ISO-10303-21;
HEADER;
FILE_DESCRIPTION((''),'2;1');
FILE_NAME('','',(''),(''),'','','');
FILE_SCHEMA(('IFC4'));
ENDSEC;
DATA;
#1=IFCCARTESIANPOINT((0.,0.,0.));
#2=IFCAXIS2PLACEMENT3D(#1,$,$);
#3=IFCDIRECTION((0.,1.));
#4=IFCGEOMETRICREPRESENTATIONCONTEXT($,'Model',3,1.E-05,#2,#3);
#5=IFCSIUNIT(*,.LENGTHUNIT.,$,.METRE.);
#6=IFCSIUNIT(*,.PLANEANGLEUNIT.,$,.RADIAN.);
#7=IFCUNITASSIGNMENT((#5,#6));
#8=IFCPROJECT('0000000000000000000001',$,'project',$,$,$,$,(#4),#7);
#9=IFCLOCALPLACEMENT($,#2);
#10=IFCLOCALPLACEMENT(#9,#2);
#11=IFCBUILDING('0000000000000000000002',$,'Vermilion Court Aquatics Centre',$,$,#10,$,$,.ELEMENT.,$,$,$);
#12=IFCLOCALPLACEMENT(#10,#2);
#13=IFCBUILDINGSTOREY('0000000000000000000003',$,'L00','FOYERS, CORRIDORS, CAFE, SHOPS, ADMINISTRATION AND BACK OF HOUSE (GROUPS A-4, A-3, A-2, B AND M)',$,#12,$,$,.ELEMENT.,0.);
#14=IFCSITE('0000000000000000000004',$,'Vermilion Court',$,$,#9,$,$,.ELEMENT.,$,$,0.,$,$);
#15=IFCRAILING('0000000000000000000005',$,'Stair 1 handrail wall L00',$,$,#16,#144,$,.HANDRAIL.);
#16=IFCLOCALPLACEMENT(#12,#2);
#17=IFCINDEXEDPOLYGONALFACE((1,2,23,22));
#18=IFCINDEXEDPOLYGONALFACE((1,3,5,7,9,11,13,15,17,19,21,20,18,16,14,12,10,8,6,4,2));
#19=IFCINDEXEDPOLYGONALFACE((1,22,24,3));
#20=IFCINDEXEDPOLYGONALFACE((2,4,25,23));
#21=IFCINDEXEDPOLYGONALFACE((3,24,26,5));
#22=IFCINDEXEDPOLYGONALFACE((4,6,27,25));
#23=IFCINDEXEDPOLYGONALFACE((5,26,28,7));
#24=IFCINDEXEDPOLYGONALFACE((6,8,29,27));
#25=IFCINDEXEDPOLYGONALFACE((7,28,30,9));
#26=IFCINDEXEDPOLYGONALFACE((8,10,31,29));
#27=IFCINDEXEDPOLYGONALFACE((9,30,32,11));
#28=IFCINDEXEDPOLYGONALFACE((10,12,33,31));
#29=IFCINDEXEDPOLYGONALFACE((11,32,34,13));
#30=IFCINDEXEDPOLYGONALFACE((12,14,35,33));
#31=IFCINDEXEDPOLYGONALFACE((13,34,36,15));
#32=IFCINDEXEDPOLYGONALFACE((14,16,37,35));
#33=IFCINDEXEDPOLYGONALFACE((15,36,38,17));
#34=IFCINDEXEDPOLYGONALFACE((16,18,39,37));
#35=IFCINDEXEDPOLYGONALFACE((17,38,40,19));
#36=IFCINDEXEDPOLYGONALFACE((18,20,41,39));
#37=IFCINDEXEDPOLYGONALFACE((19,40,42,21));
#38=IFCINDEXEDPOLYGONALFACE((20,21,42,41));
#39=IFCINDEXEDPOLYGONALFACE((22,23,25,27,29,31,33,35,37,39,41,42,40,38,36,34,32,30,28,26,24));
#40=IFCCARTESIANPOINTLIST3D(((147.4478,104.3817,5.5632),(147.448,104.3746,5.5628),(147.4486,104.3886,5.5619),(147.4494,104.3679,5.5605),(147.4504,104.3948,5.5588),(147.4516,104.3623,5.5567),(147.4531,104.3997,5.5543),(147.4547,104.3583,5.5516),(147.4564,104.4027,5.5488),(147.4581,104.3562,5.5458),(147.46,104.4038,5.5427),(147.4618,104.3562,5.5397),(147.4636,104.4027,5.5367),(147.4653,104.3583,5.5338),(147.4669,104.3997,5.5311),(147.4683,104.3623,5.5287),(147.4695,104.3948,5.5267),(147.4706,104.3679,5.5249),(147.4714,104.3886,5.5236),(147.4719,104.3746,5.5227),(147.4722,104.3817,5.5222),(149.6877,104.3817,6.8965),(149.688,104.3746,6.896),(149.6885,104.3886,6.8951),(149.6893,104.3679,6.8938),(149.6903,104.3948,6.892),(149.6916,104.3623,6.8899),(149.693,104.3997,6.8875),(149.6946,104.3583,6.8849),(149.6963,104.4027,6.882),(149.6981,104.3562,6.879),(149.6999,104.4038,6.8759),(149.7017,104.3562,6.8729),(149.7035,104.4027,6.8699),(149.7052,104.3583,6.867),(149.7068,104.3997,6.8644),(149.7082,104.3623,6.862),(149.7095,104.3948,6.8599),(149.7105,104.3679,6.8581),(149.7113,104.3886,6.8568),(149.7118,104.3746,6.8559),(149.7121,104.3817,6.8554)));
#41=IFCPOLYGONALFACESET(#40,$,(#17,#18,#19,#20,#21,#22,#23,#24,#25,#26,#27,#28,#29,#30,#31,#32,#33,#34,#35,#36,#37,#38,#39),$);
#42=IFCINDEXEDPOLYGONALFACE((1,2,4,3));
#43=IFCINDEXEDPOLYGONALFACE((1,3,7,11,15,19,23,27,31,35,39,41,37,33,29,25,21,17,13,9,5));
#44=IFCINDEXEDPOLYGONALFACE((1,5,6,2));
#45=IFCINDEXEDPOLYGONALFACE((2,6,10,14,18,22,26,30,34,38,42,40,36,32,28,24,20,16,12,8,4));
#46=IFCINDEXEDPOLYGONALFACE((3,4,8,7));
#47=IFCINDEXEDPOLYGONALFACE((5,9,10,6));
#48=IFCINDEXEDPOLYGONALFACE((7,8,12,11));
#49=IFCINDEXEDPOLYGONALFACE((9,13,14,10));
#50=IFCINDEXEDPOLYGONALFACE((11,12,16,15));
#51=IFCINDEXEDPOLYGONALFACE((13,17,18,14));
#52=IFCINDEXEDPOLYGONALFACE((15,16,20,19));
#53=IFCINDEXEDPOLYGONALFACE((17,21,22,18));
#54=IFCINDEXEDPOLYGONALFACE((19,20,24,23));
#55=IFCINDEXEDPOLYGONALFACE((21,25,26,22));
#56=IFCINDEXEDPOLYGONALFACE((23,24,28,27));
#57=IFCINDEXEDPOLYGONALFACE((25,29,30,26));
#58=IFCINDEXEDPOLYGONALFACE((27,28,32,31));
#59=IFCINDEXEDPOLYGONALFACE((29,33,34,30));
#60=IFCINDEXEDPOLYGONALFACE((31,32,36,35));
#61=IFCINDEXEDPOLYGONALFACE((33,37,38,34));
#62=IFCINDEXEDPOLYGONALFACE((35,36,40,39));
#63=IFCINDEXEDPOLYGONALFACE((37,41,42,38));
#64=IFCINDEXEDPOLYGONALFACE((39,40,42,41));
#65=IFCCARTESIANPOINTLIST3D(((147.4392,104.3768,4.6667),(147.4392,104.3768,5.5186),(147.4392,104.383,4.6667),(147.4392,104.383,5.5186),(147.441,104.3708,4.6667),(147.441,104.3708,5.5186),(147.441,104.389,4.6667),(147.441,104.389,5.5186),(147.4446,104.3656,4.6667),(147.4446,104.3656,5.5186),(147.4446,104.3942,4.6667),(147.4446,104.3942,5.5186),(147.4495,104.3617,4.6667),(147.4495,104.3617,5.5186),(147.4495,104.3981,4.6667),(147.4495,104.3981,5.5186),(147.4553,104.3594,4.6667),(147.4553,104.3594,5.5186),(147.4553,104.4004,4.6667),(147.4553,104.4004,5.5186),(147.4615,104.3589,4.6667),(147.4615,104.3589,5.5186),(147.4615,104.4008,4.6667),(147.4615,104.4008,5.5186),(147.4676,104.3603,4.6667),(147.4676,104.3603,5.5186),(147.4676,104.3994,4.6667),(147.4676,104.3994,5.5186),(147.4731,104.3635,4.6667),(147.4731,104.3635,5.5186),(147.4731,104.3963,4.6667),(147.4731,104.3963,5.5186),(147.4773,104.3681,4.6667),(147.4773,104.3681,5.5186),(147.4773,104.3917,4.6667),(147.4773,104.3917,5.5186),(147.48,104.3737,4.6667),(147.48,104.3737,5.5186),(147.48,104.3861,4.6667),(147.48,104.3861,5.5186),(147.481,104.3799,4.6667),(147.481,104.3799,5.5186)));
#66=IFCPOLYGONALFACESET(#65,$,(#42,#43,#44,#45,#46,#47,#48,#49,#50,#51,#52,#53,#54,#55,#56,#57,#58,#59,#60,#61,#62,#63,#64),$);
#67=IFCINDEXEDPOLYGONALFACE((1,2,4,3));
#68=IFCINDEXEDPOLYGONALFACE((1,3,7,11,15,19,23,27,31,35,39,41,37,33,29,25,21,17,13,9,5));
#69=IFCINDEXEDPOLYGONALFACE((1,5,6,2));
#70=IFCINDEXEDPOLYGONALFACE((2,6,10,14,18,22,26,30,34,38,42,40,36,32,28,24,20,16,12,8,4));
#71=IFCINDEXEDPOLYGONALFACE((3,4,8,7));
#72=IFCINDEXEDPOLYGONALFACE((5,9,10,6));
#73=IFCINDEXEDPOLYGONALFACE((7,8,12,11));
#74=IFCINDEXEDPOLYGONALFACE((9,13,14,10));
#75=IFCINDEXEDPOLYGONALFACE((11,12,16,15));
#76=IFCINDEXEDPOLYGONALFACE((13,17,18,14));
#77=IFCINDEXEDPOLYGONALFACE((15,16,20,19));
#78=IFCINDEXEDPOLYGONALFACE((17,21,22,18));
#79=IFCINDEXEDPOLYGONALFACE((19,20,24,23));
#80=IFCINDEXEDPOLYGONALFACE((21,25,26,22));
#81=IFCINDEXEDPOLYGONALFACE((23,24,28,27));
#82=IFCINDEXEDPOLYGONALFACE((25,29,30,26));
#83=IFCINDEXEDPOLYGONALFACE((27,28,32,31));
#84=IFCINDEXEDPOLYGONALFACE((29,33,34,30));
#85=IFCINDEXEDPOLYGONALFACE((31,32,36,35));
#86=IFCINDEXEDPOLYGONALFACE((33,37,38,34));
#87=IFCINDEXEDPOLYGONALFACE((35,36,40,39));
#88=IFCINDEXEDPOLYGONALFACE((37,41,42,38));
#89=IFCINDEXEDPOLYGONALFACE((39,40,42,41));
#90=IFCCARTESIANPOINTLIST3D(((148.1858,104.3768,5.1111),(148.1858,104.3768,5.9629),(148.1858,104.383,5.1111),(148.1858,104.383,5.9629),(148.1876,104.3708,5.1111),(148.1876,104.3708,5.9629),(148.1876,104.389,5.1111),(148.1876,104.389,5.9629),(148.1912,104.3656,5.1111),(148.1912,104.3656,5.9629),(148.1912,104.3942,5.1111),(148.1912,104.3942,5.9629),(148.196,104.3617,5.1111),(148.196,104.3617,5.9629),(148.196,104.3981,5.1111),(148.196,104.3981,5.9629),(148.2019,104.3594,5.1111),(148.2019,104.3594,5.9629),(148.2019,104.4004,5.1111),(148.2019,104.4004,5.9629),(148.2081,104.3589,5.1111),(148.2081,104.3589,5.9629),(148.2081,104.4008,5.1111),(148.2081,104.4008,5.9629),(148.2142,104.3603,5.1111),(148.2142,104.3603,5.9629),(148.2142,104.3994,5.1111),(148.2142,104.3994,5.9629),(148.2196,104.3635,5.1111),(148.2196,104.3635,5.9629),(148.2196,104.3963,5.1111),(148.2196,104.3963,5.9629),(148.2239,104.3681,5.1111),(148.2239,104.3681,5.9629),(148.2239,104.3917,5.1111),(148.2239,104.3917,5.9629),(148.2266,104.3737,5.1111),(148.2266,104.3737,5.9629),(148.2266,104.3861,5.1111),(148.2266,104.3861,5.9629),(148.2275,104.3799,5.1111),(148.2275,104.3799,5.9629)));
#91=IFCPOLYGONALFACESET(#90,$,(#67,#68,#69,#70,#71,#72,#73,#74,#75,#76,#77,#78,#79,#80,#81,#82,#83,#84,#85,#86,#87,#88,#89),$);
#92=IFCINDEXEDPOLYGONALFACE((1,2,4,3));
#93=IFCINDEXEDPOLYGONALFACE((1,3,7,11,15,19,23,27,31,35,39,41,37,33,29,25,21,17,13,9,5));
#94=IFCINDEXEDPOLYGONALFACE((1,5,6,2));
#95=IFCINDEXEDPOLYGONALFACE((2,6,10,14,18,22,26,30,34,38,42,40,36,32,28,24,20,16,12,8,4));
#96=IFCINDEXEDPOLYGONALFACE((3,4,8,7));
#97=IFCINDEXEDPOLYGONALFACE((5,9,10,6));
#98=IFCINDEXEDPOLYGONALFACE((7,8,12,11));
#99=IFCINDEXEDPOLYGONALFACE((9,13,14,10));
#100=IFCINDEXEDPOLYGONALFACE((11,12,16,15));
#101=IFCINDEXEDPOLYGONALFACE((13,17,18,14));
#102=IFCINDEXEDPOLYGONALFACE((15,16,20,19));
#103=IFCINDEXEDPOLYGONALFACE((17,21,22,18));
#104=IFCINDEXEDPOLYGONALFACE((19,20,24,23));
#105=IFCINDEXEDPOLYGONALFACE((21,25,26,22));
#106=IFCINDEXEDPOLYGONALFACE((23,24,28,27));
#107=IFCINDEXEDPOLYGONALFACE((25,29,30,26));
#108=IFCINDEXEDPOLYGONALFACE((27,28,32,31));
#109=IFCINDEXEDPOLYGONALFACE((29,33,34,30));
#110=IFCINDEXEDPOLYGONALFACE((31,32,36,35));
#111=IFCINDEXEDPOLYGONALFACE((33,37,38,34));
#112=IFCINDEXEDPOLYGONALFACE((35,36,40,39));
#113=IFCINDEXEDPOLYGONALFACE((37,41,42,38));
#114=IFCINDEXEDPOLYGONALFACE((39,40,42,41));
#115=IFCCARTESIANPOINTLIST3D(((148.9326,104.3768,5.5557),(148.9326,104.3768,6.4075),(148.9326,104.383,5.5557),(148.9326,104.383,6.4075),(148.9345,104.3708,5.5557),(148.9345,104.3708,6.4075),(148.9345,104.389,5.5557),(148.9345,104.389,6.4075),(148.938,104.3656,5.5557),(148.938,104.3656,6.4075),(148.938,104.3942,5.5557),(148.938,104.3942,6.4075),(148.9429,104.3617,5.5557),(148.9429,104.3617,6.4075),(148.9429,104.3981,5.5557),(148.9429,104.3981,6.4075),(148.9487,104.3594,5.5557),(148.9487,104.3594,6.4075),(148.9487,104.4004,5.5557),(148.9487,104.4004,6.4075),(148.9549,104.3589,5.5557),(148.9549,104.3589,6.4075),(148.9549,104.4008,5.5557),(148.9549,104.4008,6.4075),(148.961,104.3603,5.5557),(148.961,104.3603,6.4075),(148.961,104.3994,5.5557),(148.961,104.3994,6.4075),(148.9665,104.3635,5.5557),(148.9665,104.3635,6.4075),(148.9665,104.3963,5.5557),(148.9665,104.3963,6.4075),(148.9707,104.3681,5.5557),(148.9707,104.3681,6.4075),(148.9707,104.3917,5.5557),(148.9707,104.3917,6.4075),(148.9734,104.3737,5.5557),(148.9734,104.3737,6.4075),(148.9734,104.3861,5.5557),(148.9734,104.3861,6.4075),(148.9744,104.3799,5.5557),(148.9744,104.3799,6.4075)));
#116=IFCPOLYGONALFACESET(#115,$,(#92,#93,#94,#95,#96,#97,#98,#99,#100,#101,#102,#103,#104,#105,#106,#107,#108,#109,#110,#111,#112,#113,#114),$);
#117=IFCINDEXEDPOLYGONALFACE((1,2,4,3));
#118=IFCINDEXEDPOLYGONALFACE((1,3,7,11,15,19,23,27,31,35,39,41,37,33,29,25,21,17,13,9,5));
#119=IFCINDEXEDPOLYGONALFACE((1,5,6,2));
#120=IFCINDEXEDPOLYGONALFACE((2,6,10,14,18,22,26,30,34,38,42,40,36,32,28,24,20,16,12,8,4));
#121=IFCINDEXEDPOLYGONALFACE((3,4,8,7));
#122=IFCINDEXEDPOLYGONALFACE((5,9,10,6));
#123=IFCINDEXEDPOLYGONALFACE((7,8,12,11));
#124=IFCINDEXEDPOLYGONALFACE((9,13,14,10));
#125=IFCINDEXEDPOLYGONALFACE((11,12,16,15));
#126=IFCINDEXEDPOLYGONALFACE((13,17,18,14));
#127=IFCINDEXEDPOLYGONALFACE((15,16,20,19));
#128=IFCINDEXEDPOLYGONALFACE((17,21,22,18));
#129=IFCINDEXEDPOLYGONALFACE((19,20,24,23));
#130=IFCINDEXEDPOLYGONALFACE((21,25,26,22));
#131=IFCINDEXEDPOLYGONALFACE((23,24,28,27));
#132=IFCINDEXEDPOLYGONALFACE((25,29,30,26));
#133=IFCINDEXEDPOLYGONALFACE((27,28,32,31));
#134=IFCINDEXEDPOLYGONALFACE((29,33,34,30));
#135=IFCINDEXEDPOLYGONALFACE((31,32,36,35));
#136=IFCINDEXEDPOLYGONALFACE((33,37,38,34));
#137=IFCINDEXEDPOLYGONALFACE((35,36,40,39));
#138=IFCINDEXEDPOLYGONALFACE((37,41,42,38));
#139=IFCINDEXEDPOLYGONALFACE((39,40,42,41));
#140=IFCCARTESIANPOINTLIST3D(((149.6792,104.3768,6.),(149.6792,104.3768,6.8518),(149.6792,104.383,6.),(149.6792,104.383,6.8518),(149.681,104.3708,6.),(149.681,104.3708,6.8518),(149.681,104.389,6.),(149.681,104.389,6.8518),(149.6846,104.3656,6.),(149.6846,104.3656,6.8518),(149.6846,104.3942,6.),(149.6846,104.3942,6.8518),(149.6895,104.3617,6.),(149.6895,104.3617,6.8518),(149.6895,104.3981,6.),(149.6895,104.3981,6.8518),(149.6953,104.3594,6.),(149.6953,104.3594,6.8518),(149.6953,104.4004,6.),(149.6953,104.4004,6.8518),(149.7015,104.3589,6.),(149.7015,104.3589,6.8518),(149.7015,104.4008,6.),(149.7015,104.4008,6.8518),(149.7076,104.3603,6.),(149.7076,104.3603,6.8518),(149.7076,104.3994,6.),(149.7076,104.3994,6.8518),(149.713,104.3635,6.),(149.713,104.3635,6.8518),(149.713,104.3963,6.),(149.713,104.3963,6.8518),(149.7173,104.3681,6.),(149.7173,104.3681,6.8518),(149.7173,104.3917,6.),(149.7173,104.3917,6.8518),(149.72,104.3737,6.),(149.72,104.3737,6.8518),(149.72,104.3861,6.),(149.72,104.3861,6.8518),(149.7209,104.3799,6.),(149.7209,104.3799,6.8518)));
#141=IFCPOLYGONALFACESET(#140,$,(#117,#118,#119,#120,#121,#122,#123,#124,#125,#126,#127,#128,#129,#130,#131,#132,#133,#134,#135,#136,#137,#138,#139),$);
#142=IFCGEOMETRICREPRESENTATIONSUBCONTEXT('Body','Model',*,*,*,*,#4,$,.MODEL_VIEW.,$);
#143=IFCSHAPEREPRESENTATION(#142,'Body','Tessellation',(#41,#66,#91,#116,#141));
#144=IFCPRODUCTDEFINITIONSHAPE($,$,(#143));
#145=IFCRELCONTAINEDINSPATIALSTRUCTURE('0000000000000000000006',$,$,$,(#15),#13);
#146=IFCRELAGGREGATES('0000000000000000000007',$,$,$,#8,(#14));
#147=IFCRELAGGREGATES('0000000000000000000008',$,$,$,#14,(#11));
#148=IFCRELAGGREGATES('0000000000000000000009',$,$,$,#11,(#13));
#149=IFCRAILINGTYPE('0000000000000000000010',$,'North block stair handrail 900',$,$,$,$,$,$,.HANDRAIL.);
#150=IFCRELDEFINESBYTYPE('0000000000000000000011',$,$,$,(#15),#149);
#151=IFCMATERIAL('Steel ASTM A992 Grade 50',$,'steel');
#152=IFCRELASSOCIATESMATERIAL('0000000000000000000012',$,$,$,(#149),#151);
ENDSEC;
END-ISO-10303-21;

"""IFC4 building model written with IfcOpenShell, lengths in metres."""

from ifc_helpers import new_model, si_unit, direction, frame, origin, origin_2d, place, context, subcontext, project, spatial, circle, extrude, material, type_object, element, save


model = new_model("IFC4")

# Units and contexts
model_context = context("Model", 3, precision=1e-05, world=origin(), true_north=direction((0.0, 1.0)))
body_context = subcontext(model_context, "Body", "Model", "MODEL_VIEW")
ifc_project = project(units=[si_unit("LENGTHUNIT", "METRE"), si_unit("PLANEANGLEUNIT", "RADIAN")], contexts=[model_context])

# Site, building, storey
site_placement = place(None, origin())
site = spatial("IfcSite", under=ifc_project, at=site_placement, Name="Vermilion Court", CompositionType="ELEMENT", RefElevation=0.0)
building_placement = place(site_placement, origin())
building = spatial("IfcBuilding", under=site, at=building_placement, Name="Vermilion Court Aquatics Centre", CompositionType="ELEMENT")
storey_placement = place(building_placement, origin())
storey = spatial("IfcBuildingStorey", under=building, at=storey_placement, Name="L00", Description="FOYERS, CORRIDORS, CAFE, SHOPS, ADMINISTRATION AND BACK OF HOUSE (GROUPS A-4, A-3, A-2, B AND M)", CompositionType="ELEMENT", Elevation=0.0)

# Railing
ifc_material_1 = material(Name="Steel ASTM A992 Grade 50", Category="steel")
railing_type_1 = type_object("IfcRailingType", Name="North block stair handrail 900", PredefinedType="HANDRAIL", material=ifc_material_1)
for number, where, name in (
    (1, (147.46, 104.3799, 4.6667), "Stair 1 handrail wall L00"),
):
    element("IfcRailing", number, at=place(storey_placement, frame(where)), inside=storey, type_object=railing_type_1, Name=name, PredefinedType="HANDRAIL", context=body_context, shape_type="SweptSolid", body=[
        extrude(circle(Radius=0.0239, at=origin_2d()), frame((0.0, 0.0, 0.876), z_axis=(0.859306, 0.0, 0.511462), x_axis=(0.0, 1.0, 0.0)), (0.0, 0.0, 1.0), 2.6067),
        extrude(circle(Radius=0.021, at=origin_2d()), origin(), (0.0, 0.0, 1.0), 0.8518),
        extrude(circle(Radius=0.021, at=origin_2d()), frame((0.7466, 0.0, 0.4443)), (0.0, 0.0, 1.0), 0.8518),
        extrude(circle(Radius=0.021, at=origin_2d()), frame((1.4934, 0.0, 0.8889)), (0.0, 0.0, 1.0), 0.8518),
        extrude(circle(Radius=0.021, at=origin_2d()), frame((2.24, 0.0, 1.3333)), (0.0, 0.0, 1.0), 0.8518),
    ])

save(model, "model.ifc")
